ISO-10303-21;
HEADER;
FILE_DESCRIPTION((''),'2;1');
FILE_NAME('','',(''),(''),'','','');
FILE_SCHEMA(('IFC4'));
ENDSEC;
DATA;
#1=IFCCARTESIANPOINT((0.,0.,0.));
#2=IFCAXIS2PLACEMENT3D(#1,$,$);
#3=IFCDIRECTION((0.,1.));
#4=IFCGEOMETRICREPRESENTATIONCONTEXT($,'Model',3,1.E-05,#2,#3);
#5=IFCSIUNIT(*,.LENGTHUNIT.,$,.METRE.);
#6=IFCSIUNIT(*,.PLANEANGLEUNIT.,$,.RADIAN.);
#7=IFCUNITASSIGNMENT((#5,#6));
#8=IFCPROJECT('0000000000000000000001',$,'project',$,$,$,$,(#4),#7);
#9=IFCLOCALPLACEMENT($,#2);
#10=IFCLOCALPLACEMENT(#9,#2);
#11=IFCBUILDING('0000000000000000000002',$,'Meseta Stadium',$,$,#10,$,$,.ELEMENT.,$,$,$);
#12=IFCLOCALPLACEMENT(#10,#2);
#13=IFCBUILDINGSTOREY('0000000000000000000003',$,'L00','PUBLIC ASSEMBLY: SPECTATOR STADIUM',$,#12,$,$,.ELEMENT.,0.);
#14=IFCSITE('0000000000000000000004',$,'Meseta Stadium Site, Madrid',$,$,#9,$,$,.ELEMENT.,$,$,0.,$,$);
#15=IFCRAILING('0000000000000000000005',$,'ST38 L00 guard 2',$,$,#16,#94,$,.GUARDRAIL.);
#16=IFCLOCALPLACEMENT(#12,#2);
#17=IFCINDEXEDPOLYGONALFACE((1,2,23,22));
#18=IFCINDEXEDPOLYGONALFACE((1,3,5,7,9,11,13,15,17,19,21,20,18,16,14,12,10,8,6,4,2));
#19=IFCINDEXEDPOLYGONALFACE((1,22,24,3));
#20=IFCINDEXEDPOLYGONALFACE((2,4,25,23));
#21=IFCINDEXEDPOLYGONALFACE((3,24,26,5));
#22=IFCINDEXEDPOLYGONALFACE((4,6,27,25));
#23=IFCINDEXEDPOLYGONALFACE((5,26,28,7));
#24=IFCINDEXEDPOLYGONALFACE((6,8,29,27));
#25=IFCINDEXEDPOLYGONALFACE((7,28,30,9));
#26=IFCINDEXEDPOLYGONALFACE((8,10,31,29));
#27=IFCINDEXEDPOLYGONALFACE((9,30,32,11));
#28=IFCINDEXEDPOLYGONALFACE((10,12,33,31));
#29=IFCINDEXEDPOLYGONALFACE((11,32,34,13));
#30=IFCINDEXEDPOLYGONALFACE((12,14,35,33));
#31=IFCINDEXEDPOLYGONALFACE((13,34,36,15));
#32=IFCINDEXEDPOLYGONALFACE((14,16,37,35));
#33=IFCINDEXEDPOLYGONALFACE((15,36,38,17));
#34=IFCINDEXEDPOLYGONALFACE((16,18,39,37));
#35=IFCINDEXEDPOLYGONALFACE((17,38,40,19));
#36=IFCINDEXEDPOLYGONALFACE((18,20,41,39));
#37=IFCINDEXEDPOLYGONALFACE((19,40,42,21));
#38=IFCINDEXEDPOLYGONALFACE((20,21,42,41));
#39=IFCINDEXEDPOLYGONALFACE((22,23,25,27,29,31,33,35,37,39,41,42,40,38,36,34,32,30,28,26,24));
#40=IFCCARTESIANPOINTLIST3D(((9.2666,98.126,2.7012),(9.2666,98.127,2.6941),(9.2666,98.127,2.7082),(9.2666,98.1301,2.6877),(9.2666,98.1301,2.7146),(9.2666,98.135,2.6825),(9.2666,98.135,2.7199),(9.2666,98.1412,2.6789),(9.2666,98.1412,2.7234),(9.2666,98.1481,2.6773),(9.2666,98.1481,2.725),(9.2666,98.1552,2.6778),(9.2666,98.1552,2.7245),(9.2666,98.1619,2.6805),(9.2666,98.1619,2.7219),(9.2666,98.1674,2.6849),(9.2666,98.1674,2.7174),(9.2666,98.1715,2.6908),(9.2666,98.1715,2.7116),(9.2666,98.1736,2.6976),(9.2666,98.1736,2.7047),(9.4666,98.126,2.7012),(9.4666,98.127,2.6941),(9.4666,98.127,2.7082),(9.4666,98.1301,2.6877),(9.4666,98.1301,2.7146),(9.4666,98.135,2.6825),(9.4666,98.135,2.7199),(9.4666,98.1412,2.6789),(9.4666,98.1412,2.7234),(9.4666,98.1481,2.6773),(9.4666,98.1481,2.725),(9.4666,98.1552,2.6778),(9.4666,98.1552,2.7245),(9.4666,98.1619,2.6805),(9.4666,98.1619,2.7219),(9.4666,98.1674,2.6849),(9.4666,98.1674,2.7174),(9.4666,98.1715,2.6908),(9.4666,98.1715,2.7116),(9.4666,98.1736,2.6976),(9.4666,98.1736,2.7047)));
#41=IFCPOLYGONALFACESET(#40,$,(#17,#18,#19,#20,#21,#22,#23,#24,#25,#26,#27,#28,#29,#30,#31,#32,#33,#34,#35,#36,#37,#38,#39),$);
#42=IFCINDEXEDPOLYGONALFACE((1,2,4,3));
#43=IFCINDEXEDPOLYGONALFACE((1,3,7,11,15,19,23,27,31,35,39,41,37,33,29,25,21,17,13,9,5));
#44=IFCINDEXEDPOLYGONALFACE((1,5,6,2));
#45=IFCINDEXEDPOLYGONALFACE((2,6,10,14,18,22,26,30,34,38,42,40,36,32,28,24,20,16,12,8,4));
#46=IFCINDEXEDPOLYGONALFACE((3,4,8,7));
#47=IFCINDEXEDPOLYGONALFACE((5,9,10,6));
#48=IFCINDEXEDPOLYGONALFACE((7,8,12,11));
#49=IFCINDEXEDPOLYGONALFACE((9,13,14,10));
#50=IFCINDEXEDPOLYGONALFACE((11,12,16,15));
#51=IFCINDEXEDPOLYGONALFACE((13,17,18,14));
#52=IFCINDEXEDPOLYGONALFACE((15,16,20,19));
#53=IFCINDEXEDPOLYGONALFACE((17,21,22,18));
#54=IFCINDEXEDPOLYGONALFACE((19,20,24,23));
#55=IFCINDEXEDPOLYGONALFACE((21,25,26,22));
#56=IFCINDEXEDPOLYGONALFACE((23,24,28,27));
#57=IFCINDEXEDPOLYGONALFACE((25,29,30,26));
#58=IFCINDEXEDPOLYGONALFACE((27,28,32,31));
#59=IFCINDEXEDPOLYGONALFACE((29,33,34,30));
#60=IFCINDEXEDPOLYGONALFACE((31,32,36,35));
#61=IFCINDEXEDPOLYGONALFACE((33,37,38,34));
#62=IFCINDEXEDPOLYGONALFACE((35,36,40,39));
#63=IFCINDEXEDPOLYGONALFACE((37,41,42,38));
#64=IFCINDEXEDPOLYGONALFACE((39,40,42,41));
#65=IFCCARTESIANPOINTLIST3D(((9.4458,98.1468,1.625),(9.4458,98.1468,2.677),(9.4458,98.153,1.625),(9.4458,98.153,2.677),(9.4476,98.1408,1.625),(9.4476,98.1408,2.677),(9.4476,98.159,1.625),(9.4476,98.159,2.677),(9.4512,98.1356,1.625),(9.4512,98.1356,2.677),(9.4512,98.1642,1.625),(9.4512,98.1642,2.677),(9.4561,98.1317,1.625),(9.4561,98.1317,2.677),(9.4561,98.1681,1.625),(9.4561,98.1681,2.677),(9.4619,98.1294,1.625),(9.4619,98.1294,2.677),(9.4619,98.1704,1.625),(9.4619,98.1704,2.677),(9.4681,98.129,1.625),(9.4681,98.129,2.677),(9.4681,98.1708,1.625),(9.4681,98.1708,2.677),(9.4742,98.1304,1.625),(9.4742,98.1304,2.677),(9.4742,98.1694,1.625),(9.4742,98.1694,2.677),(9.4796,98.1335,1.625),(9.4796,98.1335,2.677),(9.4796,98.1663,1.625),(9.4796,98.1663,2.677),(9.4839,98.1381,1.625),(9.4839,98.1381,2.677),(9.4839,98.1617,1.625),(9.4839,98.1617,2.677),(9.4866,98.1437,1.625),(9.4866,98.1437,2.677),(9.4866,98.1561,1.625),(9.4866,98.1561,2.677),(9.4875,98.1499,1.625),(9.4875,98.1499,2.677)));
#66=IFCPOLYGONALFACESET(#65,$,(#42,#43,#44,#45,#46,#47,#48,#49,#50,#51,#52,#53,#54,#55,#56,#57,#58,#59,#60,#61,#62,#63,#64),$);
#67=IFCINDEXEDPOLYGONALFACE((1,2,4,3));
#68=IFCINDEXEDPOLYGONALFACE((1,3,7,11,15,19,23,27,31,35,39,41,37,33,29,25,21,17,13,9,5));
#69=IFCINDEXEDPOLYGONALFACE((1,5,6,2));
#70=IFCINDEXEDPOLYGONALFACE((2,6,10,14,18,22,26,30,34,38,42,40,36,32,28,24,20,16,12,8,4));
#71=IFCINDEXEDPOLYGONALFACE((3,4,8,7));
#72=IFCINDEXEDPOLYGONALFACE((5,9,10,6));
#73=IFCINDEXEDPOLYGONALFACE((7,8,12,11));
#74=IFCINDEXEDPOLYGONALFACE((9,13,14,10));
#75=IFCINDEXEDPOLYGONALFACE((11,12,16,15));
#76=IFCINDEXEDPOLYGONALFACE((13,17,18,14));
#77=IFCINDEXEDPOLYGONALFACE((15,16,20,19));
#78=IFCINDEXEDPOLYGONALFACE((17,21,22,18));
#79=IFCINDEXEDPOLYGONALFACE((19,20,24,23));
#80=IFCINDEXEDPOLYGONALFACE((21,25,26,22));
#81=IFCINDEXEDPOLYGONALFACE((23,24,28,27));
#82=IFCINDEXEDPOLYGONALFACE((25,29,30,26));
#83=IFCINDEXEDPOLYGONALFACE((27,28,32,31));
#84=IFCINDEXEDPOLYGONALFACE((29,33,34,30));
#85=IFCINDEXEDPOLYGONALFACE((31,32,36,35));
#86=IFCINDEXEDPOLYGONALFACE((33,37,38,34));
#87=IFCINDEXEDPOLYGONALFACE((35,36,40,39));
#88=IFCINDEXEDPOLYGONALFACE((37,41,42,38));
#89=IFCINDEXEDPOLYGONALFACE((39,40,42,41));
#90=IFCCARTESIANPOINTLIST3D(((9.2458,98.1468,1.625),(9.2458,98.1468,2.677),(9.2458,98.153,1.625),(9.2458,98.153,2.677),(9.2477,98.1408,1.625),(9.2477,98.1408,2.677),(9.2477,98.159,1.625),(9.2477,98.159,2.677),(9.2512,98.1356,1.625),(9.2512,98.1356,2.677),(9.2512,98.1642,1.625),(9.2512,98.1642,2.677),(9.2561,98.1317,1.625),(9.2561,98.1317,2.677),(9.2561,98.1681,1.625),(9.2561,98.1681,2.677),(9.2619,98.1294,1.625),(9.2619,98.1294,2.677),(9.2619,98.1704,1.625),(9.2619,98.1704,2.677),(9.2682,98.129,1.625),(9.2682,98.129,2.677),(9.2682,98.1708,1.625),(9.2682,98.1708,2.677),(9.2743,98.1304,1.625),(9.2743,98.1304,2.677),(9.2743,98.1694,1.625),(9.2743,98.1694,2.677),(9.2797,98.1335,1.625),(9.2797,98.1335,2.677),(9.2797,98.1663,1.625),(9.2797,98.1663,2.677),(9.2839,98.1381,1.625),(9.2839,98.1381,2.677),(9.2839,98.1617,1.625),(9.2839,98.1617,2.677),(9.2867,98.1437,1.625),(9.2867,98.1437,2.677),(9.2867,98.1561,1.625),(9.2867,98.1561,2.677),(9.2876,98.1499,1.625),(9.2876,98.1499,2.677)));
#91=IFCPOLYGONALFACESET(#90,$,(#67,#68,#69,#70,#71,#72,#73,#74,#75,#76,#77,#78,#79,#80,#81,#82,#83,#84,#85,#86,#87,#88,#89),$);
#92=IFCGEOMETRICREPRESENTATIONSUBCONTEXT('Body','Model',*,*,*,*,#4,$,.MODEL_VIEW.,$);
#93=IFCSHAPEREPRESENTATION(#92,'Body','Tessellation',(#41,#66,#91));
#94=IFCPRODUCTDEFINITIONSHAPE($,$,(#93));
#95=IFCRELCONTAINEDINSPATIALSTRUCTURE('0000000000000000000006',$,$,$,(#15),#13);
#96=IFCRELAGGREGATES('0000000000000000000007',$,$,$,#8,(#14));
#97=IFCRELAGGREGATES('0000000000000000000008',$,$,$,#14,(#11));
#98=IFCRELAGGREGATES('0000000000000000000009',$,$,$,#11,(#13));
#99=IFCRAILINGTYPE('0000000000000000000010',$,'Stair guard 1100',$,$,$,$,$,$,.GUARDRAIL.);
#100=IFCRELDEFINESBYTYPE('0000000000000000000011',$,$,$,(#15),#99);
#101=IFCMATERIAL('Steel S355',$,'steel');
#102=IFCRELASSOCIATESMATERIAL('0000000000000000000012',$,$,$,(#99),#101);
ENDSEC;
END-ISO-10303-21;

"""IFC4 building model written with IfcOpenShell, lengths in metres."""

from ifc_helpers import new_model, si_unit, direction, frame, origin, origin_2d, place, context, subcontext, project, spatial, circle, extrude, material, type_object, element, save


model = new_model("IFC4")

# Units and contexts
model_context = context("Model", 3, precision=1e-05, world=origin(), true_north=direction((0.0, 1.0)))
body_context = subcontext(model_context, "Body", "Model", "MODEL_VIEW")
ifc_project = project(units=[si_unit("LENGTHUNIT", "METRE"), si_unit("PLANEANGLEUNIT", "RADIAN")], contexts=[model_context])

# Site, building, storey
site_placement = place(None, origin())
site = spatial("IfcSite", under=ifc_project, at=site_placement, Name="Meseta Stadium Site, Madrid", CompositionType="ELEMENT", RefElevation=0.0)
building_placement = place(site_placement, origin())
building = spatial("IfcBuilding", under=site, at=building_placement, Name="Meseta Stadium", CompositionType="ELEMENT")
storey_placement = place(building_placement, origin())
storey = spatial("IfcBuildingStorey", under=building, at=storey_placement, Name="L00", Description="PUBLIC ASSEMBLY: SPECTATOR STADIUM", CompositionType="ELEMENT", Elevation=0.0)

# Railing
ifc_material_1 = material(Name="Steel S355", Category="steel")
railing_type_1 = type_object("IfcRailingType", Name="Stair guard 1100", PredefinedType="GUARDRAIL", material=ifc_material_1)
railing_1_placement = place(storey_placement, frame((9.4666, 98.1499, 1.625)))
element("IfcRailing", 1, at=railing_1_placement, inside=storey, type_object=railing_type_1, Name="ST38 L00 guard 2", PredefinedType="GUARDRAIL", context=body_context, shape_type="SweptSolid", body=[
    extrude(circle(Radius=0.0239, at=origin_2d()), frame((0.0, 0.0, 1.0762), z_axis=(-1.0, 0.0, 0.0), x_axis=(0.0, -1.0, 0.0)), (0.0, 0.0, 1.0), 0.2),
    extrude(circle(Radius=0.021, at=origin_2d()), origin(), (0.0, 0.0, 1.0), 1.052),
    extrude(circle(Radius=0.021, at=origin_2d()), frame((-0.2, 0.0, 0.0)), (0.0, 0.0, 1.0), 1.052),
])

save(model, "model.ifc")
